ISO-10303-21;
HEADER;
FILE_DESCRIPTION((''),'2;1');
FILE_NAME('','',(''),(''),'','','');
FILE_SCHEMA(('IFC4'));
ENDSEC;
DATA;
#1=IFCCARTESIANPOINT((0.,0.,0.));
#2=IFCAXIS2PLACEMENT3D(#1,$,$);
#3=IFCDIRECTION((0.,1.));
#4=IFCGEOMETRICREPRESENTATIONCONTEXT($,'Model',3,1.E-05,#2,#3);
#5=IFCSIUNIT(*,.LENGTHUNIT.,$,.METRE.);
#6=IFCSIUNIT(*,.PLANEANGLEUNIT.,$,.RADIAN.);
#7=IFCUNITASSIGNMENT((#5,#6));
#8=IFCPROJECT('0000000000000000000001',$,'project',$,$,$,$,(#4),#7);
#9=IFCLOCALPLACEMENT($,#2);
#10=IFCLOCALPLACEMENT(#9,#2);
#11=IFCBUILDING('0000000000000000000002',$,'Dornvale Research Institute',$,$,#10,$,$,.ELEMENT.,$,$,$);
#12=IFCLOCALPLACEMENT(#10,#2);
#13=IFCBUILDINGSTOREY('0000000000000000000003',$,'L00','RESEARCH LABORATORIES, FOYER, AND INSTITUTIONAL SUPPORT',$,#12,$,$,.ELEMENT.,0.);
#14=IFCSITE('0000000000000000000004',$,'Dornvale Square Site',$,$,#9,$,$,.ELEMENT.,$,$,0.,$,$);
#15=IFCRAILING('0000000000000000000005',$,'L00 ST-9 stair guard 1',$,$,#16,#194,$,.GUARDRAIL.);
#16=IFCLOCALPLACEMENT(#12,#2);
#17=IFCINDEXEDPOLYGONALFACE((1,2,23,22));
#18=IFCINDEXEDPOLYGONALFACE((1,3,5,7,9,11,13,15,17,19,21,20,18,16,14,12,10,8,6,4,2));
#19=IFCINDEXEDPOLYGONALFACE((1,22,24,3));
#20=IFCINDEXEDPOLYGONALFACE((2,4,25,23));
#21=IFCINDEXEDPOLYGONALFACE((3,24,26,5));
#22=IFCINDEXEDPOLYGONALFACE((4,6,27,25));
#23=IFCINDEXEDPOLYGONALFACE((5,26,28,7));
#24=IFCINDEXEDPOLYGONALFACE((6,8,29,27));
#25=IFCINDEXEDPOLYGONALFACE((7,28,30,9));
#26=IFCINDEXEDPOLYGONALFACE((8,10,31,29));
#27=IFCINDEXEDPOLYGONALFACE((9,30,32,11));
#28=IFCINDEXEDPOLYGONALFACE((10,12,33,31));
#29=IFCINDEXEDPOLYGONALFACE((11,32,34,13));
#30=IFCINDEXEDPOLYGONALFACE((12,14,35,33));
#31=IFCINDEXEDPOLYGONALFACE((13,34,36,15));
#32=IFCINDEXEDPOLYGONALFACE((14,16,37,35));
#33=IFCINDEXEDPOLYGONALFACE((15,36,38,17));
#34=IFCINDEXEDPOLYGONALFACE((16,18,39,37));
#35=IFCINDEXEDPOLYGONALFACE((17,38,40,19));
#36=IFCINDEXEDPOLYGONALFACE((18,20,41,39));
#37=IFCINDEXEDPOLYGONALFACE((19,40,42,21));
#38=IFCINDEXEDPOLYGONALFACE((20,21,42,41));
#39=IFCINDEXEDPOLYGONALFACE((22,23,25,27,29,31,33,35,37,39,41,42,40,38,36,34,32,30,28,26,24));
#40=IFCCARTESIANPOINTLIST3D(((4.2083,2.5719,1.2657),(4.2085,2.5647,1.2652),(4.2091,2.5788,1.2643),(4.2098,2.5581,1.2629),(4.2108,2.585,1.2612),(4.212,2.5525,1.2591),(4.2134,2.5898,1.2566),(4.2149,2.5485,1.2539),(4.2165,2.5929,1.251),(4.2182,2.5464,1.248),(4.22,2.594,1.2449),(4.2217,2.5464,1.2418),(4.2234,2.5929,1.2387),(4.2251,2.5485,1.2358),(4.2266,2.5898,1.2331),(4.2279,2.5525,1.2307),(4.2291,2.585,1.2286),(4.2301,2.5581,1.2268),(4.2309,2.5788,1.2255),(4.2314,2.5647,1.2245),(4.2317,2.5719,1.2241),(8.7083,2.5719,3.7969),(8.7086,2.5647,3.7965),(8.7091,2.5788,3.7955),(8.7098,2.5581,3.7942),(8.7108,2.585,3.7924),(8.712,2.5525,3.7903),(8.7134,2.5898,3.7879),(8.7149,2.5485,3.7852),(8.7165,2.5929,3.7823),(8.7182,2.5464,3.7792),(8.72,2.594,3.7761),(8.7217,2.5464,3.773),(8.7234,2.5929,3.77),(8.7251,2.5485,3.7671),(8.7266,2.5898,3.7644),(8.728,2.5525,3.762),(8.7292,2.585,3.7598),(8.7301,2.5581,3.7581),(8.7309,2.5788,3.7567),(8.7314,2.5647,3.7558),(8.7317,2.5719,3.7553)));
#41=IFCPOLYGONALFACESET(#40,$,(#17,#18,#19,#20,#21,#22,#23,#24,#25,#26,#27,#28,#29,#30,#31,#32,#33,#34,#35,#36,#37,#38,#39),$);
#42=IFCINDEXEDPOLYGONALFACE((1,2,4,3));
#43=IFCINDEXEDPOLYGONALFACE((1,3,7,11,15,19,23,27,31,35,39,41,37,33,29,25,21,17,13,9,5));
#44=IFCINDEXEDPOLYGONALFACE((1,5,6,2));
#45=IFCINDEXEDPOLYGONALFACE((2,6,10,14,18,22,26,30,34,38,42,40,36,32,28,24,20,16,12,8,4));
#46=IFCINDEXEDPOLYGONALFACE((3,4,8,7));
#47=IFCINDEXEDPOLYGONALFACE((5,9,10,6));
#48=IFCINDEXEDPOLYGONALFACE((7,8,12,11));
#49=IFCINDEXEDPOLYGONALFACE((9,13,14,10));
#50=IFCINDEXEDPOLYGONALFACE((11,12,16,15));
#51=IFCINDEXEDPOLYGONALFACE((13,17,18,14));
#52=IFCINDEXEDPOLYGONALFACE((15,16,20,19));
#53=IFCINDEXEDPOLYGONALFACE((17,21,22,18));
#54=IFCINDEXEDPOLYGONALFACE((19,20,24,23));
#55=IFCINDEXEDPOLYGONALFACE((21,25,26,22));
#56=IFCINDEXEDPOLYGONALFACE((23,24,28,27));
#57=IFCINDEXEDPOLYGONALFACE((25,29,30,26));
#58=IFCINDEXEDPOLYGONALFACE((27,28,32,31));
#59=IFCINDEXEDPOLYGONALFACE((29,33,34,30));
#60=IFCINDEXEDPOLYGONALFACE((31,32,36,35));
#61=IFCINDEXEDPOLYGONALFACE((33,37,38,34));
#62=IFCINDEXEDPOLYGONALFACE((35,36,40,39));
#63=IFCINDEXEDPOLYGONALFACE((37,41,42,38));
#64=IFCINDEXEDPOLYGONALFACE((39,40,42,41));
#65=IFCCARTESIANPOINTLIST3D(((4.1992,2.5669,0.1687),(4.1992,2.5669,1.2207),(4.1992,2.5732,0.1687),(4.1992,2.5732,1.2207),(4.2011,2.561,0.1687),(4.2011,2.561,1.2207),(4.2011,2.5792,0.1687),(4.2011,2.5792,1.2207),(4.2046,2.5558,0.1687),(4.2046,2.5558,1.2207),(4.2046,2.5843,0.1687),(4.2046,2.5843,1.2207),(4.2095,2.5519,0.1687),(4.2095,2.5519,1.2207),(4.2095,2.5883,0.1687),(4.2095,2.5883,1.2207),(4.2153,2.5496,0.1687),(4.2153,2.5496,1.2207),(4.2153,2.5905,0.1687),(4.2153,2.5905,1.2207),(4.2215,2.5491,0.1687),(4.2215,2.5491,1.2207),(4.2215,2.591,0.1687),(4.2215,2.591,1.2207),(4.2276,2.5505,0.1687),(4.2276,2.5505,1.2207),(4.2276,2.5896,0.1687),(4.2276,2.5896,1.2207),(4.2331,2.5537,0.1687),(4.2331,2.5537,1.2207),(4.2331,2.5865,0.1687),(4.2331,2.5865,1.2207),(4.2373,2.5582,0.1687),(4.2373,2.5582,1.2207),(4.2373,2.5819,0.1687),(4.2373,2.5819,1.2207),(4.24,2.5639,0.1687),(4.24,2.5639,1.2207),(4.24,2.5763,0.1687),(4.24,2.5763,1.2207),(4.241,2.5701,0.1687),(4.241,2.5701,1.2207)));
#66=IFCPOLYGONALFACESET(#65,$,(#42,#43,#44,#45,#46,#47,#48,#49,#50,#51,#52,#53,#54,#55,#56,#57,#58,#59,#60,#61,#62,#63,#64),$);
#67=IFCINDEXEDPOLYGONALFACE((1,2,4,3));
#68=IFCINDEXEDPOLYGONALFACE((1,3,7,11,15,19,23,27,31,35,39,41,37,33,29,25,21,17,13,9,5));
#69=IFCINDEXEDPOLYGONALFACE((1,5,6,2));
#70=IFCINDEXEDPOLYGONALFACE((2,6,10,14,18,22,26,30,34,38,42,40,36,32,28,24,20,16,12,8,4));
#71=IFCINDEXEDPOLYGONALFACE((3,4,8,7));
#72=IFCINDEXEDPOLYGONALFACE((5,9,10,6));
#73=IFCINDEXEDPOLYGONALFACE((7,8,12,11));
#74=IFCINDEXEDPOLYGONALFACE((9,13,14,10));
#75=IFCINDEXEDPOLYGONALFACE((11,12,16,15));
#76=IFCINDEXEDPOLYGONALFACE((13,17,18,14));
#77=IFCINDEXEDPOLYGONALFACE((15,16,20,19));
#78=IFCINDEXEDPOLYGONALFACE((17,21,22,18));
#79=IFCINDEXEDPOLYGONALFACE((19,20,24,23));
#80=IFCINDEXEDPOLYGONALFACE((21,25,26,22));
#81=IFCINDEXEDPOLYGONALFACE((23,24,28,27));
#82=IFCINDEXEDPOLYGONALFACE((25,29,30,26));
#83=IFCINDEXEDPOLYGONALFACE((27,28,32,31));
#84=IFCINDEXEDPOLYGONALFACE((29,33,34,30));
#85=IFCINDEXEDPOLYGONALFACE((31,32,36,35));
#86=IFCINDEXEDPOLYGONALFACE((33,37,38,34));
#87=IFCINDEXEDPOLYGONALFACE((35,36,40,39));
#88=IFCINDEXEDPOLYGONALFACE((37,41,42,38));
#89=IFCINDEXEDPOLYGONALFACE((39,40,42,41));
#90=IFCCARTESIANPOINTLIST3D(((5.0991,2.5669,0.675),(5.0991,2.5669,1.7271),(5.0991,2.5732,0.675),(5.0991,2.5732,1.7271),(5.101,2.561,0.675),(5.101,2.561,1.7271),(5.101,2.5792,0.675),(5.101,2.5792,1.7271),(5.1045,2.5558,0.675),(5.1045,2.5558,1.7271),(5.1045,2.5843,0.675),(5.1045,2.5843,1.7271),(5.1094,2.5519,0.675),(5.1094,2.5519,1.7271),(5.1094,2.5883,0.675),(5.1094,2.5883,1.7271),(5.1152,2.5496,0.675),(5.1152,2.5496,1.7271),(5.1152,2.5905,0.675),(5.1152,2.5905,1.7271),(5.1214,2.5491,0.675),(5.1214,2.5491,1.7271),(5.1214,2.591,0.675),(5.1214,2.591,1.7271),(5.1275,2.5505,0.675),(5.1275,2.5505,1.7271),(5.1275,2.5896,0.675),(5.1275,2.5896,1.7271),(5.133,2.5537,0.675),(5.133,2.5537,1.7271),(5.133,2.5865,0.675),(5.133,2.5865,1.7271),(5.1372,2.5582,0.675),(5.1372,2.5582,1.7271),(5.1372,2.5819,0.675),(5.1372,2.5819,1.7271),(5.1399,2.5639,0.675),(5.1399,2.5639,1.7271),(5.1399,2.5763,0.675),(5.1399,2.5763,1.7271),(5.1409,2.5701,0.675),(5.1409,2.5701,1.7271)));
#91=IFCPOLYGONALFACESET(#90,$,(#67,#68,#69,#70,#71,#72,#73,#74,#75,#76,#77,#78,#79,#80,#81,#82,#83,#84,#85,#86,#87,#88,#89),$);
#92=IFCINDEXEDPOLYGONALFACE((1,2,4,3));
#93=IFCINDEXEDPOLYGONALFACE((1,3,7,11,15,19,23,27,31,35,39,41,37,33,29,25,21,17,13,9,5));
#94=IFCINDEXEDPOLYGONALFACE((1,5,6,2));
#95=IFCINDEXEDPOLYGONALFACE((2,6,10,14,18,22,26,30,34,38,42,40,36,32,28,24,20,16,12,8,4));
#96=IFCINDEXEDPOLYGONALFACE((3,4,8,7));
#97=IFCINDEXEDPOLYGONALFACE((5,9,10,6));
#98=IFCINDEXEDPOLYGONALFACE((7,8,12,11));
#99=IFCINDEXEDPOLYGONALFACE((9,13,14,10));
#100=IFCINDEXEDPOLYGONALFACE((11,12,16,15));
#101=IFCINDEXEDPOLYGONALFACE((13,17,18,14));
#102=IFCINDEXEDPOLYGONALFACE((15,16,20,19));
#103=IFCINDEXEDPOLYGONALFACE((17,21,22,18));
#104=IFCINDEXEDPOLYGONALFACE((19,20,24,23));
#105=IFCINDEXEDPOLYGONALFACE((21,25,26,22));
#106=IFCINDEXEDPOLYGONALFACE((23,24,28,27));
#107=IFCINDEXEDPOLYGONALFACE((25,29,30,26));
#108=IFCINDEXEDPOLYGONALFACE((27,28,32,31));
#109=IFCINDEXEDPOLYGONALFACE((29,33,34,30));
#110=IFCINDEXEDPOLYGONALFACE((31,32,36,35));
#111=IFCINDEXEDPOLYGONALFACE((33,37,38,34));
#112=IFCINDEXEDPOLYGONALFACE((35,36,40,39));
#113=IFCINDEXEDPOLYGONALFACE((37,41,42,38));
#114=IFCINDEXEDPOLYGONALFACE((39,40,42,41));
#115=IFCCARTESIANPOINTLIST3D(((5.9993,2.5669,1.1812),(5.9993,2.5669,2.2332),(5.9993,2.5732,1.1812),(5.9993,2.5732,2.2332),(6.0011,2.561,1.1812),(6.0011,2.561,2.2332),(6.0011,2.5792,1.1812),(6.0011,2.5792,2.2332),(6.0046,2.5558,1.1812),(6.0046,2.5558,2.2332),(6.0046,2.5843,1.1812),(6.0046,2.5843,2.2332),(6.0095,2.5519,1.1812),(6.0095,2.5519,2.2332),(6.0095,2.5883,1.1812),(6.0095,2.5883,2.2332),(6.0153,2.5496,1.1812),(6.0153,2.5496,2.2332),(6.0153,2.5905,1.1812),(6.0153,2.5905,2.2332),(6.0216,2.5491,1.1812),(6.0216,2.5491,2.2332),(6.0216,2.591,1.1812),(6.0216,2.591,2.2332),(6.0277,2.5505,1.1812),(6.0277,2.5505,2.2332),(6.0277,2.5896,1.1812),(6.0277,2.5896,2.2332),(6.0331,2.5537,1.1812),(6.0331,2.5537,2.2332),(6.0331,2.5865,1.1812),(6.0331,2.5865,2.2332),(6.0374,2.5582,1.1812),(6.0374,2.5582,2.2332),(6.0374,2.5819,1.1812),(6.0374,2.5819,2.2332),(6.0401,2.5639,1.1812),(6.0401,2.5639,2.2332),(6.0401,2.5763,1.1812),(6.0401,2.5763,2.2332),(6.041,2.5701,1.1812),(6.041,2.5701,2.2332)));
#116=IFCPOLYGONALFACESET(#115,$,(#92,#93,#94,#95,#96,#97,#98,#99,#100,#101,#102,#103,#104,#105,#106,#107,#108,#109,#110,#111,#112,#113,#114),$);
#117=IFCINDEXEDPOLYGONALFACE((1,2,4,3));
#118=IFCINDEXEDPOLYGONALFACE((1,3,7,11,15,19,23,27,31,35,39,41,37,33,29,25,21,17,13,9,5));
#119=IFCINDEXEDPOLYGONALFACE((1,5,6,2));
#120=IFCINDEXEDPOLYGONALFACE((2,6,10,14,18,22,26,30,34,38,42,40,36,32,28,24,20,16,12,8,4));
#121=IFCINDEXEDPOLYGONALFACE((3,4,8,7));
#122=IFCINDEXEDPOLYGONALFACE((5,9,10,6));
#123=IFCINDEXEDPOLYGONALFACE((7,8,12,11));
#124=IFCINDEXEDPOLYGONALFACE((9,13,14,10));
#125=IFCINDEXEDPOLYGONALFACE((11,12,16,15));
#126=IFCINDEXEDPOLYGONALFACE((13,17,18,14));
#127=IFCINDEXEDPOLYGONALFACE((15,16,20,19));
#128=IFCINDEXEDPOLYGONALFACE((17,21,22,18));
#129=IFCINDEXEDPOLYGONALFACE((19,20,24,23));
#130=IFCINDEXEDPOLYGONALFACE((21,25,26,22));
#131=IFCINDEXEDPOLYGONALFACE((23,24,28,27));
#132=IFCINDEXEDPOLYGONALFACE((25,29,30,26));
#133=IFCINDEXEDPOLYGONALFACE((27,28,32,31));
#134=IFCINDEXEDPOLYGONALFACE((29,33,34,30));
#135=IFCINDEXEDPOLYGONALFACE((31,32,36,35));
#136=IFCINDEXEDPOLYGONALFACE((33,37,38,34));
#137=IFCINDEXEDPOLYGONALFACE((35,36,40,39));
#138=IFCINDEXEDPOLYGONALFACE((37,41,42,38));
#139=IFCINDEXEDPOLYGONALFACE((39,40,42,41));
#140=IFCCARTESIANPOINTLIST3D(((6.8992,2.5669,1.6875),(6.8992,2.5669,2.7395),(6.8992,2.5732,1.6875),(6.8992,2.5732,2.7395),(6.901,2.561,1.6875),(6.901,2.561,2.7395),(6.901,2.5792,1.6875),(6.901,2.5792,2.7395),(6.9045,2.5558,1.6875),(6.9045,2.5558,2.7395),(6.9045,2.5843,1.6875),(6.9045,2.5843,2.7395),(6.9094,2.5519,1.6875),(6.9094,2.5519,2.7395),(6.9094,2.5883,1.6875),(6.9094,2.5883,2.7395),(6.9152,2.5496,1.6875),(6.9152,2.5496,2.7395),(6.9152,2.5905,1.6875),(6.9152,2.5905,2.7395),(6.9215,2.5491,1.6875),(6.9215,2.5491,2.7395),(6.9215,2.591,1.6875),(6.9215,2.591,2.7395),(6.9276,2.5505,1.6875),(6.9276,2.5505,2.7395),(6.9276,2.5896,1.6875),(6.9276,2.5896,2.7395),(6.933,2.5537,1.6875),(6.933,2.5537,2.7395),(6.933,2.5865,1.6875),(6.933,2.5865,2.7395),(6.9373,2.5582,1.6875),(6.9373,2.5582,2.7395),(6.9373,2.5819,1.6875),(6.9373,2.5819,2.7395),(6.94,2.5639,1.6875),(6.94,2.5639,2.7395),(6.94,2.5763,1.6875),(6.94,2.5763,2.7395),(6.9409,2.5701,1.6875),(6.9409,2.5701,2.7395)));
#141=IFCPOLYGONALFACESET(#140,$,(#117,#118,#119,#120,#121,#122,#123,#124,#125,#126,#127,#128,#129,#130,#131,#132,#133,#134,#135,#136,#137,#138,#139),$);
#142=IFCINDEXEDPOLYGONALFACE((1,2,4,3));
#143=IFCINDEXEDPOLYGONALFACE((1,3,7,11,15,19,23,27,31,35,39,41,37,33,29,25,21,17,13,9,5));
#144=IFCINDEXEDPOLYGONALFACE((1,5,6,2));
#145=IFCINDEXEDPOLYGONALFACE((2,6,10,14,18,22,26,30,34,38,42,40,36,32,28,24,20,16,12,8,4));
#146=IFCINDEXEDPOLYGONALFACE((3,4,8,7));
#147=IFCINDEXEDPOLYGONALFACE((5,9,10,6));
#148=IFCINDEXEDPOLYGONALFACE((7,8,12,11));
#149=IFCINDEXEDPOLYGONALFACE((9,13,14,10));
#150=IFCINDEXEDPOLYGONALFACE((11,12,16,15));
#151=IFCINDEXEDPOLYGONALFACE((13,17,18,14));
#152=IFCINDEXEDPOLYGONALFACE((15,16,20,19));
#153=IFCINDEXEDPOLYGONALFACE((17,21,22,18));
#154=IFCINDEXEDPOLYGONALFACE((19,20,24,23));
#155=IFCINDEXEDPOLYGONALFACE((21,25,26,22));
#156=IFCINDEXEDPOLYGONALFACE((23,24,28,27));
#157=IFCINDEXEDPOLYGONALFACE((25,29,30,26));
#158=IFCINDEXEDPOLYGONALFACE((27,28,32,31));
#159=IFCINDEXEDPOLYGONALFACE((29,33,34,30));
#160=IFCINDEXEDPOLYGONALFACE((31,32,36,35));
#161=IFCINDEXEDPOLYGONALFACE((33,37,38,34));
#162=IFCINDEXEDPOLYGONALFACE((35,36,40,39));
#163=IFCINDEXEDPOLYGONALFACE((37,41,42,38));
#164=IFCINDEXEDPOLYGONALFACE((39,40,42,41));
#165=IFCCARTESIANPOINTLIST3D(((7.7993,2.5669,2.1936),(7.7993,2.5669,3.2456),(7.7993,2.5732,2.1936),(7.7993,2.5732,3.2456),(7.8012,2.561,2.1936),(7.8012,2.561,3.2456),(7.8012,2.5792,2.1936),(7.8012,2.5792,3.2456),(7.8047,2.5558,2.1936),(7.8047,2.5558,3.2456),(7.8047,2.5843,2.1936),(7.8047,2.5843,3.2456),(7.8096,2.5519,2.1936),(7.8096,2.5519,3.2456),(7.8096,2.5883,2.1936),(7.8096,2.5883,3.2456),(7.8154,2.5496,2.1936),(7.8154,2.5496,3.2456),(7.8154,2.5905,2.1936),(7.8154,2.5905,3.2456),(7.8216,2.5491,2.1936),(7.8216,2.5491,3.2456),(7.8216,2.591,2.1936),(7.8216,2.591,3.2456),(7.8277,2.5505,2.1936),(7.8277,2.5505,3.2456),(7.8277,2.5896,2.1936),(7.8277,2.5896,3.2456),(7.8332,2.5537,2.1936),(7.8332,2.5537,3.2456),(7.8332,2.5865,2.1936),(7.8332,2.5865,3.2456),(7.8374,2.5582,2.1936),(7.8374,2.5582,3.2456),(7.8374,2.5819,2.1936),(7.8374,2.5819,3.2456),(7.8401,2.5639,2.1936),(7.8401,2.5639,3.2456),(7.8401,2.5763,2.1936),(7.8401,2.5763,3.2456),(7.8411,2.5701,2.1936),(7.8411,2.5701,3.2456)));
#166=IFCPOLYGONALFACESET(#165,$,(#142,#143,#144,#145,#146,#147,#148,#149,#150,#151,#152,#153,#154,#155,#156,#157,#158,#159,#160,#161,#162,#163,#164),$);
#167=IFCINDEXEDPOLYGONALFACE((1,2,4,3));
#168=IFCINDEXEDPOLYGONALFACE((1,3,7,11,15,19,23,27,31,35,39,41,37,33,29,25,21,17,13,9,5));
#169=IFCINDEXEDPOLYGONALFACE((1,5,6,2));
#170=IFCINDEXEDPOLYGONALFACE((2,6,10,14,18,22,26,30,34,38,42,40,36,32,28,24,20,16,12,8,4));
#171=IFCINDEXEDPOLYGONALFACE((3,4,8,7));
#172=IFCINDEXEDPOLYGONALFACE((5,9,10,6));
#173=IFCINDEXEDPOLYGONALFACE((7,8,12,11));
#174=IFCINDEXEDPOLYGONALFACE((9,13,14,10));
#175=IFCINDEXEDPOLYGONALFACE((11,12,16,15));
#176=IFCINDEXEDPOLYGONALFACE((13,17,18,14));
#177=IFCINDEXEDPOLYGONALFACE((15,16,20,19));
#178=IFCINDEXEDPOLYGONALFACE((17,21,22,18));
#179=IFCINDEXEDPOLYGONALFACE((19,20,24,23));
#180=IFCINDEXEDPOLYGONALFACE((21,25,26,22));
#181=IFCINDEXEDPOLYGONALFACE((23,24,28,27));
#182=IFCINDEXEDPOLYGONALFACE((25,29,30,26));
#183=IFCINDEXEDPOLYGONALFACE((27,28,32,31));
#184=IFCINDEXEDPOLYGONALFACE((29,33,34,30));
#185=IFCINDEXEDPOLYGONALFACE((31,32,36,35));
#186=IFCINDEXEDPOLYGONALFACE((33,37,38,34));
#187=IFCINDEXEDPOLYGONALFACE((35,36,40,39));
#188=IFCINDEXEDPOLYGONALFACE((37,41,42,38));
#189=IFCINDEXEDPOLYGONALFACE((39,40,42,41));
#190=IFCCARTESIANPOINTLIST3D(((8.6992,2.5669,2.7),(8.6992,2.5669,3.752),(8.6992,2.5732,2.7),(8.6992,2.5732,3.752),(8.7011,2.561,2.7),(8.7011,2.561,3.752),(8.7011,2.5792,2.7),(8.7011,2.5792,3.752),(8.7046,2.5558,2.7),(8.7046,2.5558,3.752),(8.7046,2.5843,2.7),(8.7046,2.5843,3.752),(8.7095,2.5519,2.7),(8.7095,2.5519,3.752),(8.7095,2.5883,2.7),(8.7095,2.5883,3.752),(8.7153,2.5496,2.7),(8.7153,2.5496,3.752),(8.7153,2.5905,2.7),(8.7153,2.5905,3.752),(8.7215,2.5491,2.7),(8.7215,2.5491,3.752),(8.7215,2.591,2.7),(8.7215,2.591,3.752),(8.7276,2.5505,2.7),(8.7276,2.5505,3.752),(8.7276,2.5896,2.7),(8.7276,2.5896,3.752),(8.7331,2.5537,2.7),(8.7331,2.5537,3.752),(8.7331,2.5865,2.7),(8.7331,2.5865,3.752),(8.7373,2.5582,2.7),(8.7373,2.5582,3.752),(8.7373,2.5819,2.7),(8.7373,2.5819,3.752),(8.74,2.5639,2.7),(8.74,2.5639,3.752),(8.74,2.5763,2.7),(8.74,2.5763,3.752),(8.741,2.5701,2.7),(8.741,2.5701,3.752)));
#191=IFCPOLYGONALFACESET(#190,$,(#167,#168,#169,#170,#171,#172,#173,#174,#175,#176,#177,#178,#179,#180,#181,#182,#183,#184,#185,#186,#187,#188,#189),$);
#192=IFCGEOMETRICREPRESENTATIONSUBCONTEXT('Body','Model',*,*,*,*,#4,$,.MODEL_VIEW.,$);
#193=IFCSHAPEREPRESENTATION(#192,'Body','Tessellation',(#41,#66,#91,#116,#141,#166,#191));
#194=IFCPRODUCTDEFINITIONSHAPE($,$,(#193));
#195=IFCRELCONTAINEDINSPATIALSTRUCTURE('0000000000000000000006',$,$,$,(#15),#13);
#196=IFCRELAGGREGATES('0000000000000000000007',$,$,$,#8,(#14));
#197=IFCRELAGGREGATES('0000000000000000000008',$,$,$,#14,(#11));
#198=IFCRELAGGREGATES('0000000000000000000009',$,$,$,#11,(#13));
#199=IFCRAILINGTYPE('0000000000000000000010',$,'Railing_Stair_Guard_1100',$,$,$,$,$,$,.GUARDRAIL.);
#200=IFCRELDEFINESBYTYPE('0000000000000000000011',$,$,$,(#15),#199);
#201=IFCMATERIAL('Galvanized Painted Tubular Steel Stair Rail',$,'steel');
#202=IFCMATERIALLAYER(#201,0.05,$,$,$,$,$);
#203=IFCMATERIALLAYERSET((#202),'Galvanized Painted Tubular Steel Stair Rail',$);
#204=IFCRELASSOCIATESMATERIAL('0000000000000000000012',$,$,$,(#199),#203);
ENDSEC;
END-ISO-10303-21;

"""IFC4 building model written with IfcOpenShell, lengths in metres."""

from ifc_helpers import new_model, si_unit, direction, frame, origin, origin_2d, place, context, subcontext, project, spatial, circle, extrude, material, layer, layer_set, type_object, element, save


model = new_model("IFC4")

# Units and contexts
model_context = context("Model", 3, precision=1e-05, world=origin(), true_north=direction((0.0, 1.0)))
body_context = subcontext(model_context, "Body", "Model", "MODEL_VIEW")
ifc_project = project(units=[si_unit("LENGTHUNIT", "METRE"), si_unit("PLANEANGLEUNIT", "RADIAN")], contexts=[model_context])

# Site, building, storey
site_placement = place(None, origin())
site = spatial("IfcSite", under=ifc_project, at=site_placement, Name="Dornvale Square Site", CompositionType="ELEMENT", RefElevation=0.0)
building_placement = place(site_placement, origin())
building = spatial("IfcBuilding", under=site, at=building_placement, Name="Dornvale Research Institute", CompositionType="ELEMENT")
storey_placement = place(building_placement, origin())
storey = spatial("IfcBuildingStorey", under=building, at=storey_placement, Name="L00", Description="RESEARCH LABORATORIES, FOYER, AND INSTITUTIONAL SUPPORT", CompositionType="ELEMENT", Elevation=0.0)

# Railing
ifc_material_1 = material(Name="Galvanized Painted Tubular Steel Stair Rail", Category="steel")
ifc_layer_1 = layer(ifc_material_1, 0.05)
ifc_layer_set_1 = layer_set([ifc_layer_1], Name="Galvanized Painted Tubular Steel Stair Rail")
railing_type_1 = type_object("IfcRailingType", Name="Railing_Stair_Guard_1100", PredefinedType="GUARDRAIL", material=ifc_layer_set_1)
railing_1_placement = place(storey_placement, frame((4.22, 2.5701, 0.1687)))
element("IfcRailing", 1, at=railing_1_placement, inside=storey, type_object=railing_type_1, Name="L00 ST-9 stair guard 1", PredefinedType="GUARDRAIL", context=body_context, shape_type="SweptSolid", body=[
    extrude(circle(Radius=0.0239, at=origin_2d()), frame((0.0, 0.0, 1.0762), z_axis=(0.871576, 0.0, 0.490261), x_axis=(0.0, 1.0, 0.0)), (0.0, 0.0, 1.0), 5.1631),
    extrude(circle(Radius=0.021, at=origin_2d()), origin(), (0.0, 0.0, 1.0), 1.052),
    extrude(circle(Radius=0.021, at=origin_2d()), frame((0.8999, 0.0, 0.5063)), (0.0, 0.0, 1.0), 1.052),
    extrude(circle(Radius=0.021, at=origin_2d()), frame((1.8, 0.0, 1.0125)), (0.0, 0.0, 1.0), 1.052),
    extrude(circle(Radius=0.021, at=origin_2d()), frame((2.7, 0.0, 1.5188)), (0.0, 0.0, 1.0), 1.052),
    extrude(circle(Radius=0.021, at=origin_2d()), frame((3.6001, 0.0, 2.0249)), (0.0, 0.0, 1.0), 1.052),
    extrude(circle(Radius=0.021, at=origin_2d()), frame((4.5, 0.0, 2.5312)), (0.0, 0.0, 1.0), 1.052),
])

save(model, "model.ifc")
